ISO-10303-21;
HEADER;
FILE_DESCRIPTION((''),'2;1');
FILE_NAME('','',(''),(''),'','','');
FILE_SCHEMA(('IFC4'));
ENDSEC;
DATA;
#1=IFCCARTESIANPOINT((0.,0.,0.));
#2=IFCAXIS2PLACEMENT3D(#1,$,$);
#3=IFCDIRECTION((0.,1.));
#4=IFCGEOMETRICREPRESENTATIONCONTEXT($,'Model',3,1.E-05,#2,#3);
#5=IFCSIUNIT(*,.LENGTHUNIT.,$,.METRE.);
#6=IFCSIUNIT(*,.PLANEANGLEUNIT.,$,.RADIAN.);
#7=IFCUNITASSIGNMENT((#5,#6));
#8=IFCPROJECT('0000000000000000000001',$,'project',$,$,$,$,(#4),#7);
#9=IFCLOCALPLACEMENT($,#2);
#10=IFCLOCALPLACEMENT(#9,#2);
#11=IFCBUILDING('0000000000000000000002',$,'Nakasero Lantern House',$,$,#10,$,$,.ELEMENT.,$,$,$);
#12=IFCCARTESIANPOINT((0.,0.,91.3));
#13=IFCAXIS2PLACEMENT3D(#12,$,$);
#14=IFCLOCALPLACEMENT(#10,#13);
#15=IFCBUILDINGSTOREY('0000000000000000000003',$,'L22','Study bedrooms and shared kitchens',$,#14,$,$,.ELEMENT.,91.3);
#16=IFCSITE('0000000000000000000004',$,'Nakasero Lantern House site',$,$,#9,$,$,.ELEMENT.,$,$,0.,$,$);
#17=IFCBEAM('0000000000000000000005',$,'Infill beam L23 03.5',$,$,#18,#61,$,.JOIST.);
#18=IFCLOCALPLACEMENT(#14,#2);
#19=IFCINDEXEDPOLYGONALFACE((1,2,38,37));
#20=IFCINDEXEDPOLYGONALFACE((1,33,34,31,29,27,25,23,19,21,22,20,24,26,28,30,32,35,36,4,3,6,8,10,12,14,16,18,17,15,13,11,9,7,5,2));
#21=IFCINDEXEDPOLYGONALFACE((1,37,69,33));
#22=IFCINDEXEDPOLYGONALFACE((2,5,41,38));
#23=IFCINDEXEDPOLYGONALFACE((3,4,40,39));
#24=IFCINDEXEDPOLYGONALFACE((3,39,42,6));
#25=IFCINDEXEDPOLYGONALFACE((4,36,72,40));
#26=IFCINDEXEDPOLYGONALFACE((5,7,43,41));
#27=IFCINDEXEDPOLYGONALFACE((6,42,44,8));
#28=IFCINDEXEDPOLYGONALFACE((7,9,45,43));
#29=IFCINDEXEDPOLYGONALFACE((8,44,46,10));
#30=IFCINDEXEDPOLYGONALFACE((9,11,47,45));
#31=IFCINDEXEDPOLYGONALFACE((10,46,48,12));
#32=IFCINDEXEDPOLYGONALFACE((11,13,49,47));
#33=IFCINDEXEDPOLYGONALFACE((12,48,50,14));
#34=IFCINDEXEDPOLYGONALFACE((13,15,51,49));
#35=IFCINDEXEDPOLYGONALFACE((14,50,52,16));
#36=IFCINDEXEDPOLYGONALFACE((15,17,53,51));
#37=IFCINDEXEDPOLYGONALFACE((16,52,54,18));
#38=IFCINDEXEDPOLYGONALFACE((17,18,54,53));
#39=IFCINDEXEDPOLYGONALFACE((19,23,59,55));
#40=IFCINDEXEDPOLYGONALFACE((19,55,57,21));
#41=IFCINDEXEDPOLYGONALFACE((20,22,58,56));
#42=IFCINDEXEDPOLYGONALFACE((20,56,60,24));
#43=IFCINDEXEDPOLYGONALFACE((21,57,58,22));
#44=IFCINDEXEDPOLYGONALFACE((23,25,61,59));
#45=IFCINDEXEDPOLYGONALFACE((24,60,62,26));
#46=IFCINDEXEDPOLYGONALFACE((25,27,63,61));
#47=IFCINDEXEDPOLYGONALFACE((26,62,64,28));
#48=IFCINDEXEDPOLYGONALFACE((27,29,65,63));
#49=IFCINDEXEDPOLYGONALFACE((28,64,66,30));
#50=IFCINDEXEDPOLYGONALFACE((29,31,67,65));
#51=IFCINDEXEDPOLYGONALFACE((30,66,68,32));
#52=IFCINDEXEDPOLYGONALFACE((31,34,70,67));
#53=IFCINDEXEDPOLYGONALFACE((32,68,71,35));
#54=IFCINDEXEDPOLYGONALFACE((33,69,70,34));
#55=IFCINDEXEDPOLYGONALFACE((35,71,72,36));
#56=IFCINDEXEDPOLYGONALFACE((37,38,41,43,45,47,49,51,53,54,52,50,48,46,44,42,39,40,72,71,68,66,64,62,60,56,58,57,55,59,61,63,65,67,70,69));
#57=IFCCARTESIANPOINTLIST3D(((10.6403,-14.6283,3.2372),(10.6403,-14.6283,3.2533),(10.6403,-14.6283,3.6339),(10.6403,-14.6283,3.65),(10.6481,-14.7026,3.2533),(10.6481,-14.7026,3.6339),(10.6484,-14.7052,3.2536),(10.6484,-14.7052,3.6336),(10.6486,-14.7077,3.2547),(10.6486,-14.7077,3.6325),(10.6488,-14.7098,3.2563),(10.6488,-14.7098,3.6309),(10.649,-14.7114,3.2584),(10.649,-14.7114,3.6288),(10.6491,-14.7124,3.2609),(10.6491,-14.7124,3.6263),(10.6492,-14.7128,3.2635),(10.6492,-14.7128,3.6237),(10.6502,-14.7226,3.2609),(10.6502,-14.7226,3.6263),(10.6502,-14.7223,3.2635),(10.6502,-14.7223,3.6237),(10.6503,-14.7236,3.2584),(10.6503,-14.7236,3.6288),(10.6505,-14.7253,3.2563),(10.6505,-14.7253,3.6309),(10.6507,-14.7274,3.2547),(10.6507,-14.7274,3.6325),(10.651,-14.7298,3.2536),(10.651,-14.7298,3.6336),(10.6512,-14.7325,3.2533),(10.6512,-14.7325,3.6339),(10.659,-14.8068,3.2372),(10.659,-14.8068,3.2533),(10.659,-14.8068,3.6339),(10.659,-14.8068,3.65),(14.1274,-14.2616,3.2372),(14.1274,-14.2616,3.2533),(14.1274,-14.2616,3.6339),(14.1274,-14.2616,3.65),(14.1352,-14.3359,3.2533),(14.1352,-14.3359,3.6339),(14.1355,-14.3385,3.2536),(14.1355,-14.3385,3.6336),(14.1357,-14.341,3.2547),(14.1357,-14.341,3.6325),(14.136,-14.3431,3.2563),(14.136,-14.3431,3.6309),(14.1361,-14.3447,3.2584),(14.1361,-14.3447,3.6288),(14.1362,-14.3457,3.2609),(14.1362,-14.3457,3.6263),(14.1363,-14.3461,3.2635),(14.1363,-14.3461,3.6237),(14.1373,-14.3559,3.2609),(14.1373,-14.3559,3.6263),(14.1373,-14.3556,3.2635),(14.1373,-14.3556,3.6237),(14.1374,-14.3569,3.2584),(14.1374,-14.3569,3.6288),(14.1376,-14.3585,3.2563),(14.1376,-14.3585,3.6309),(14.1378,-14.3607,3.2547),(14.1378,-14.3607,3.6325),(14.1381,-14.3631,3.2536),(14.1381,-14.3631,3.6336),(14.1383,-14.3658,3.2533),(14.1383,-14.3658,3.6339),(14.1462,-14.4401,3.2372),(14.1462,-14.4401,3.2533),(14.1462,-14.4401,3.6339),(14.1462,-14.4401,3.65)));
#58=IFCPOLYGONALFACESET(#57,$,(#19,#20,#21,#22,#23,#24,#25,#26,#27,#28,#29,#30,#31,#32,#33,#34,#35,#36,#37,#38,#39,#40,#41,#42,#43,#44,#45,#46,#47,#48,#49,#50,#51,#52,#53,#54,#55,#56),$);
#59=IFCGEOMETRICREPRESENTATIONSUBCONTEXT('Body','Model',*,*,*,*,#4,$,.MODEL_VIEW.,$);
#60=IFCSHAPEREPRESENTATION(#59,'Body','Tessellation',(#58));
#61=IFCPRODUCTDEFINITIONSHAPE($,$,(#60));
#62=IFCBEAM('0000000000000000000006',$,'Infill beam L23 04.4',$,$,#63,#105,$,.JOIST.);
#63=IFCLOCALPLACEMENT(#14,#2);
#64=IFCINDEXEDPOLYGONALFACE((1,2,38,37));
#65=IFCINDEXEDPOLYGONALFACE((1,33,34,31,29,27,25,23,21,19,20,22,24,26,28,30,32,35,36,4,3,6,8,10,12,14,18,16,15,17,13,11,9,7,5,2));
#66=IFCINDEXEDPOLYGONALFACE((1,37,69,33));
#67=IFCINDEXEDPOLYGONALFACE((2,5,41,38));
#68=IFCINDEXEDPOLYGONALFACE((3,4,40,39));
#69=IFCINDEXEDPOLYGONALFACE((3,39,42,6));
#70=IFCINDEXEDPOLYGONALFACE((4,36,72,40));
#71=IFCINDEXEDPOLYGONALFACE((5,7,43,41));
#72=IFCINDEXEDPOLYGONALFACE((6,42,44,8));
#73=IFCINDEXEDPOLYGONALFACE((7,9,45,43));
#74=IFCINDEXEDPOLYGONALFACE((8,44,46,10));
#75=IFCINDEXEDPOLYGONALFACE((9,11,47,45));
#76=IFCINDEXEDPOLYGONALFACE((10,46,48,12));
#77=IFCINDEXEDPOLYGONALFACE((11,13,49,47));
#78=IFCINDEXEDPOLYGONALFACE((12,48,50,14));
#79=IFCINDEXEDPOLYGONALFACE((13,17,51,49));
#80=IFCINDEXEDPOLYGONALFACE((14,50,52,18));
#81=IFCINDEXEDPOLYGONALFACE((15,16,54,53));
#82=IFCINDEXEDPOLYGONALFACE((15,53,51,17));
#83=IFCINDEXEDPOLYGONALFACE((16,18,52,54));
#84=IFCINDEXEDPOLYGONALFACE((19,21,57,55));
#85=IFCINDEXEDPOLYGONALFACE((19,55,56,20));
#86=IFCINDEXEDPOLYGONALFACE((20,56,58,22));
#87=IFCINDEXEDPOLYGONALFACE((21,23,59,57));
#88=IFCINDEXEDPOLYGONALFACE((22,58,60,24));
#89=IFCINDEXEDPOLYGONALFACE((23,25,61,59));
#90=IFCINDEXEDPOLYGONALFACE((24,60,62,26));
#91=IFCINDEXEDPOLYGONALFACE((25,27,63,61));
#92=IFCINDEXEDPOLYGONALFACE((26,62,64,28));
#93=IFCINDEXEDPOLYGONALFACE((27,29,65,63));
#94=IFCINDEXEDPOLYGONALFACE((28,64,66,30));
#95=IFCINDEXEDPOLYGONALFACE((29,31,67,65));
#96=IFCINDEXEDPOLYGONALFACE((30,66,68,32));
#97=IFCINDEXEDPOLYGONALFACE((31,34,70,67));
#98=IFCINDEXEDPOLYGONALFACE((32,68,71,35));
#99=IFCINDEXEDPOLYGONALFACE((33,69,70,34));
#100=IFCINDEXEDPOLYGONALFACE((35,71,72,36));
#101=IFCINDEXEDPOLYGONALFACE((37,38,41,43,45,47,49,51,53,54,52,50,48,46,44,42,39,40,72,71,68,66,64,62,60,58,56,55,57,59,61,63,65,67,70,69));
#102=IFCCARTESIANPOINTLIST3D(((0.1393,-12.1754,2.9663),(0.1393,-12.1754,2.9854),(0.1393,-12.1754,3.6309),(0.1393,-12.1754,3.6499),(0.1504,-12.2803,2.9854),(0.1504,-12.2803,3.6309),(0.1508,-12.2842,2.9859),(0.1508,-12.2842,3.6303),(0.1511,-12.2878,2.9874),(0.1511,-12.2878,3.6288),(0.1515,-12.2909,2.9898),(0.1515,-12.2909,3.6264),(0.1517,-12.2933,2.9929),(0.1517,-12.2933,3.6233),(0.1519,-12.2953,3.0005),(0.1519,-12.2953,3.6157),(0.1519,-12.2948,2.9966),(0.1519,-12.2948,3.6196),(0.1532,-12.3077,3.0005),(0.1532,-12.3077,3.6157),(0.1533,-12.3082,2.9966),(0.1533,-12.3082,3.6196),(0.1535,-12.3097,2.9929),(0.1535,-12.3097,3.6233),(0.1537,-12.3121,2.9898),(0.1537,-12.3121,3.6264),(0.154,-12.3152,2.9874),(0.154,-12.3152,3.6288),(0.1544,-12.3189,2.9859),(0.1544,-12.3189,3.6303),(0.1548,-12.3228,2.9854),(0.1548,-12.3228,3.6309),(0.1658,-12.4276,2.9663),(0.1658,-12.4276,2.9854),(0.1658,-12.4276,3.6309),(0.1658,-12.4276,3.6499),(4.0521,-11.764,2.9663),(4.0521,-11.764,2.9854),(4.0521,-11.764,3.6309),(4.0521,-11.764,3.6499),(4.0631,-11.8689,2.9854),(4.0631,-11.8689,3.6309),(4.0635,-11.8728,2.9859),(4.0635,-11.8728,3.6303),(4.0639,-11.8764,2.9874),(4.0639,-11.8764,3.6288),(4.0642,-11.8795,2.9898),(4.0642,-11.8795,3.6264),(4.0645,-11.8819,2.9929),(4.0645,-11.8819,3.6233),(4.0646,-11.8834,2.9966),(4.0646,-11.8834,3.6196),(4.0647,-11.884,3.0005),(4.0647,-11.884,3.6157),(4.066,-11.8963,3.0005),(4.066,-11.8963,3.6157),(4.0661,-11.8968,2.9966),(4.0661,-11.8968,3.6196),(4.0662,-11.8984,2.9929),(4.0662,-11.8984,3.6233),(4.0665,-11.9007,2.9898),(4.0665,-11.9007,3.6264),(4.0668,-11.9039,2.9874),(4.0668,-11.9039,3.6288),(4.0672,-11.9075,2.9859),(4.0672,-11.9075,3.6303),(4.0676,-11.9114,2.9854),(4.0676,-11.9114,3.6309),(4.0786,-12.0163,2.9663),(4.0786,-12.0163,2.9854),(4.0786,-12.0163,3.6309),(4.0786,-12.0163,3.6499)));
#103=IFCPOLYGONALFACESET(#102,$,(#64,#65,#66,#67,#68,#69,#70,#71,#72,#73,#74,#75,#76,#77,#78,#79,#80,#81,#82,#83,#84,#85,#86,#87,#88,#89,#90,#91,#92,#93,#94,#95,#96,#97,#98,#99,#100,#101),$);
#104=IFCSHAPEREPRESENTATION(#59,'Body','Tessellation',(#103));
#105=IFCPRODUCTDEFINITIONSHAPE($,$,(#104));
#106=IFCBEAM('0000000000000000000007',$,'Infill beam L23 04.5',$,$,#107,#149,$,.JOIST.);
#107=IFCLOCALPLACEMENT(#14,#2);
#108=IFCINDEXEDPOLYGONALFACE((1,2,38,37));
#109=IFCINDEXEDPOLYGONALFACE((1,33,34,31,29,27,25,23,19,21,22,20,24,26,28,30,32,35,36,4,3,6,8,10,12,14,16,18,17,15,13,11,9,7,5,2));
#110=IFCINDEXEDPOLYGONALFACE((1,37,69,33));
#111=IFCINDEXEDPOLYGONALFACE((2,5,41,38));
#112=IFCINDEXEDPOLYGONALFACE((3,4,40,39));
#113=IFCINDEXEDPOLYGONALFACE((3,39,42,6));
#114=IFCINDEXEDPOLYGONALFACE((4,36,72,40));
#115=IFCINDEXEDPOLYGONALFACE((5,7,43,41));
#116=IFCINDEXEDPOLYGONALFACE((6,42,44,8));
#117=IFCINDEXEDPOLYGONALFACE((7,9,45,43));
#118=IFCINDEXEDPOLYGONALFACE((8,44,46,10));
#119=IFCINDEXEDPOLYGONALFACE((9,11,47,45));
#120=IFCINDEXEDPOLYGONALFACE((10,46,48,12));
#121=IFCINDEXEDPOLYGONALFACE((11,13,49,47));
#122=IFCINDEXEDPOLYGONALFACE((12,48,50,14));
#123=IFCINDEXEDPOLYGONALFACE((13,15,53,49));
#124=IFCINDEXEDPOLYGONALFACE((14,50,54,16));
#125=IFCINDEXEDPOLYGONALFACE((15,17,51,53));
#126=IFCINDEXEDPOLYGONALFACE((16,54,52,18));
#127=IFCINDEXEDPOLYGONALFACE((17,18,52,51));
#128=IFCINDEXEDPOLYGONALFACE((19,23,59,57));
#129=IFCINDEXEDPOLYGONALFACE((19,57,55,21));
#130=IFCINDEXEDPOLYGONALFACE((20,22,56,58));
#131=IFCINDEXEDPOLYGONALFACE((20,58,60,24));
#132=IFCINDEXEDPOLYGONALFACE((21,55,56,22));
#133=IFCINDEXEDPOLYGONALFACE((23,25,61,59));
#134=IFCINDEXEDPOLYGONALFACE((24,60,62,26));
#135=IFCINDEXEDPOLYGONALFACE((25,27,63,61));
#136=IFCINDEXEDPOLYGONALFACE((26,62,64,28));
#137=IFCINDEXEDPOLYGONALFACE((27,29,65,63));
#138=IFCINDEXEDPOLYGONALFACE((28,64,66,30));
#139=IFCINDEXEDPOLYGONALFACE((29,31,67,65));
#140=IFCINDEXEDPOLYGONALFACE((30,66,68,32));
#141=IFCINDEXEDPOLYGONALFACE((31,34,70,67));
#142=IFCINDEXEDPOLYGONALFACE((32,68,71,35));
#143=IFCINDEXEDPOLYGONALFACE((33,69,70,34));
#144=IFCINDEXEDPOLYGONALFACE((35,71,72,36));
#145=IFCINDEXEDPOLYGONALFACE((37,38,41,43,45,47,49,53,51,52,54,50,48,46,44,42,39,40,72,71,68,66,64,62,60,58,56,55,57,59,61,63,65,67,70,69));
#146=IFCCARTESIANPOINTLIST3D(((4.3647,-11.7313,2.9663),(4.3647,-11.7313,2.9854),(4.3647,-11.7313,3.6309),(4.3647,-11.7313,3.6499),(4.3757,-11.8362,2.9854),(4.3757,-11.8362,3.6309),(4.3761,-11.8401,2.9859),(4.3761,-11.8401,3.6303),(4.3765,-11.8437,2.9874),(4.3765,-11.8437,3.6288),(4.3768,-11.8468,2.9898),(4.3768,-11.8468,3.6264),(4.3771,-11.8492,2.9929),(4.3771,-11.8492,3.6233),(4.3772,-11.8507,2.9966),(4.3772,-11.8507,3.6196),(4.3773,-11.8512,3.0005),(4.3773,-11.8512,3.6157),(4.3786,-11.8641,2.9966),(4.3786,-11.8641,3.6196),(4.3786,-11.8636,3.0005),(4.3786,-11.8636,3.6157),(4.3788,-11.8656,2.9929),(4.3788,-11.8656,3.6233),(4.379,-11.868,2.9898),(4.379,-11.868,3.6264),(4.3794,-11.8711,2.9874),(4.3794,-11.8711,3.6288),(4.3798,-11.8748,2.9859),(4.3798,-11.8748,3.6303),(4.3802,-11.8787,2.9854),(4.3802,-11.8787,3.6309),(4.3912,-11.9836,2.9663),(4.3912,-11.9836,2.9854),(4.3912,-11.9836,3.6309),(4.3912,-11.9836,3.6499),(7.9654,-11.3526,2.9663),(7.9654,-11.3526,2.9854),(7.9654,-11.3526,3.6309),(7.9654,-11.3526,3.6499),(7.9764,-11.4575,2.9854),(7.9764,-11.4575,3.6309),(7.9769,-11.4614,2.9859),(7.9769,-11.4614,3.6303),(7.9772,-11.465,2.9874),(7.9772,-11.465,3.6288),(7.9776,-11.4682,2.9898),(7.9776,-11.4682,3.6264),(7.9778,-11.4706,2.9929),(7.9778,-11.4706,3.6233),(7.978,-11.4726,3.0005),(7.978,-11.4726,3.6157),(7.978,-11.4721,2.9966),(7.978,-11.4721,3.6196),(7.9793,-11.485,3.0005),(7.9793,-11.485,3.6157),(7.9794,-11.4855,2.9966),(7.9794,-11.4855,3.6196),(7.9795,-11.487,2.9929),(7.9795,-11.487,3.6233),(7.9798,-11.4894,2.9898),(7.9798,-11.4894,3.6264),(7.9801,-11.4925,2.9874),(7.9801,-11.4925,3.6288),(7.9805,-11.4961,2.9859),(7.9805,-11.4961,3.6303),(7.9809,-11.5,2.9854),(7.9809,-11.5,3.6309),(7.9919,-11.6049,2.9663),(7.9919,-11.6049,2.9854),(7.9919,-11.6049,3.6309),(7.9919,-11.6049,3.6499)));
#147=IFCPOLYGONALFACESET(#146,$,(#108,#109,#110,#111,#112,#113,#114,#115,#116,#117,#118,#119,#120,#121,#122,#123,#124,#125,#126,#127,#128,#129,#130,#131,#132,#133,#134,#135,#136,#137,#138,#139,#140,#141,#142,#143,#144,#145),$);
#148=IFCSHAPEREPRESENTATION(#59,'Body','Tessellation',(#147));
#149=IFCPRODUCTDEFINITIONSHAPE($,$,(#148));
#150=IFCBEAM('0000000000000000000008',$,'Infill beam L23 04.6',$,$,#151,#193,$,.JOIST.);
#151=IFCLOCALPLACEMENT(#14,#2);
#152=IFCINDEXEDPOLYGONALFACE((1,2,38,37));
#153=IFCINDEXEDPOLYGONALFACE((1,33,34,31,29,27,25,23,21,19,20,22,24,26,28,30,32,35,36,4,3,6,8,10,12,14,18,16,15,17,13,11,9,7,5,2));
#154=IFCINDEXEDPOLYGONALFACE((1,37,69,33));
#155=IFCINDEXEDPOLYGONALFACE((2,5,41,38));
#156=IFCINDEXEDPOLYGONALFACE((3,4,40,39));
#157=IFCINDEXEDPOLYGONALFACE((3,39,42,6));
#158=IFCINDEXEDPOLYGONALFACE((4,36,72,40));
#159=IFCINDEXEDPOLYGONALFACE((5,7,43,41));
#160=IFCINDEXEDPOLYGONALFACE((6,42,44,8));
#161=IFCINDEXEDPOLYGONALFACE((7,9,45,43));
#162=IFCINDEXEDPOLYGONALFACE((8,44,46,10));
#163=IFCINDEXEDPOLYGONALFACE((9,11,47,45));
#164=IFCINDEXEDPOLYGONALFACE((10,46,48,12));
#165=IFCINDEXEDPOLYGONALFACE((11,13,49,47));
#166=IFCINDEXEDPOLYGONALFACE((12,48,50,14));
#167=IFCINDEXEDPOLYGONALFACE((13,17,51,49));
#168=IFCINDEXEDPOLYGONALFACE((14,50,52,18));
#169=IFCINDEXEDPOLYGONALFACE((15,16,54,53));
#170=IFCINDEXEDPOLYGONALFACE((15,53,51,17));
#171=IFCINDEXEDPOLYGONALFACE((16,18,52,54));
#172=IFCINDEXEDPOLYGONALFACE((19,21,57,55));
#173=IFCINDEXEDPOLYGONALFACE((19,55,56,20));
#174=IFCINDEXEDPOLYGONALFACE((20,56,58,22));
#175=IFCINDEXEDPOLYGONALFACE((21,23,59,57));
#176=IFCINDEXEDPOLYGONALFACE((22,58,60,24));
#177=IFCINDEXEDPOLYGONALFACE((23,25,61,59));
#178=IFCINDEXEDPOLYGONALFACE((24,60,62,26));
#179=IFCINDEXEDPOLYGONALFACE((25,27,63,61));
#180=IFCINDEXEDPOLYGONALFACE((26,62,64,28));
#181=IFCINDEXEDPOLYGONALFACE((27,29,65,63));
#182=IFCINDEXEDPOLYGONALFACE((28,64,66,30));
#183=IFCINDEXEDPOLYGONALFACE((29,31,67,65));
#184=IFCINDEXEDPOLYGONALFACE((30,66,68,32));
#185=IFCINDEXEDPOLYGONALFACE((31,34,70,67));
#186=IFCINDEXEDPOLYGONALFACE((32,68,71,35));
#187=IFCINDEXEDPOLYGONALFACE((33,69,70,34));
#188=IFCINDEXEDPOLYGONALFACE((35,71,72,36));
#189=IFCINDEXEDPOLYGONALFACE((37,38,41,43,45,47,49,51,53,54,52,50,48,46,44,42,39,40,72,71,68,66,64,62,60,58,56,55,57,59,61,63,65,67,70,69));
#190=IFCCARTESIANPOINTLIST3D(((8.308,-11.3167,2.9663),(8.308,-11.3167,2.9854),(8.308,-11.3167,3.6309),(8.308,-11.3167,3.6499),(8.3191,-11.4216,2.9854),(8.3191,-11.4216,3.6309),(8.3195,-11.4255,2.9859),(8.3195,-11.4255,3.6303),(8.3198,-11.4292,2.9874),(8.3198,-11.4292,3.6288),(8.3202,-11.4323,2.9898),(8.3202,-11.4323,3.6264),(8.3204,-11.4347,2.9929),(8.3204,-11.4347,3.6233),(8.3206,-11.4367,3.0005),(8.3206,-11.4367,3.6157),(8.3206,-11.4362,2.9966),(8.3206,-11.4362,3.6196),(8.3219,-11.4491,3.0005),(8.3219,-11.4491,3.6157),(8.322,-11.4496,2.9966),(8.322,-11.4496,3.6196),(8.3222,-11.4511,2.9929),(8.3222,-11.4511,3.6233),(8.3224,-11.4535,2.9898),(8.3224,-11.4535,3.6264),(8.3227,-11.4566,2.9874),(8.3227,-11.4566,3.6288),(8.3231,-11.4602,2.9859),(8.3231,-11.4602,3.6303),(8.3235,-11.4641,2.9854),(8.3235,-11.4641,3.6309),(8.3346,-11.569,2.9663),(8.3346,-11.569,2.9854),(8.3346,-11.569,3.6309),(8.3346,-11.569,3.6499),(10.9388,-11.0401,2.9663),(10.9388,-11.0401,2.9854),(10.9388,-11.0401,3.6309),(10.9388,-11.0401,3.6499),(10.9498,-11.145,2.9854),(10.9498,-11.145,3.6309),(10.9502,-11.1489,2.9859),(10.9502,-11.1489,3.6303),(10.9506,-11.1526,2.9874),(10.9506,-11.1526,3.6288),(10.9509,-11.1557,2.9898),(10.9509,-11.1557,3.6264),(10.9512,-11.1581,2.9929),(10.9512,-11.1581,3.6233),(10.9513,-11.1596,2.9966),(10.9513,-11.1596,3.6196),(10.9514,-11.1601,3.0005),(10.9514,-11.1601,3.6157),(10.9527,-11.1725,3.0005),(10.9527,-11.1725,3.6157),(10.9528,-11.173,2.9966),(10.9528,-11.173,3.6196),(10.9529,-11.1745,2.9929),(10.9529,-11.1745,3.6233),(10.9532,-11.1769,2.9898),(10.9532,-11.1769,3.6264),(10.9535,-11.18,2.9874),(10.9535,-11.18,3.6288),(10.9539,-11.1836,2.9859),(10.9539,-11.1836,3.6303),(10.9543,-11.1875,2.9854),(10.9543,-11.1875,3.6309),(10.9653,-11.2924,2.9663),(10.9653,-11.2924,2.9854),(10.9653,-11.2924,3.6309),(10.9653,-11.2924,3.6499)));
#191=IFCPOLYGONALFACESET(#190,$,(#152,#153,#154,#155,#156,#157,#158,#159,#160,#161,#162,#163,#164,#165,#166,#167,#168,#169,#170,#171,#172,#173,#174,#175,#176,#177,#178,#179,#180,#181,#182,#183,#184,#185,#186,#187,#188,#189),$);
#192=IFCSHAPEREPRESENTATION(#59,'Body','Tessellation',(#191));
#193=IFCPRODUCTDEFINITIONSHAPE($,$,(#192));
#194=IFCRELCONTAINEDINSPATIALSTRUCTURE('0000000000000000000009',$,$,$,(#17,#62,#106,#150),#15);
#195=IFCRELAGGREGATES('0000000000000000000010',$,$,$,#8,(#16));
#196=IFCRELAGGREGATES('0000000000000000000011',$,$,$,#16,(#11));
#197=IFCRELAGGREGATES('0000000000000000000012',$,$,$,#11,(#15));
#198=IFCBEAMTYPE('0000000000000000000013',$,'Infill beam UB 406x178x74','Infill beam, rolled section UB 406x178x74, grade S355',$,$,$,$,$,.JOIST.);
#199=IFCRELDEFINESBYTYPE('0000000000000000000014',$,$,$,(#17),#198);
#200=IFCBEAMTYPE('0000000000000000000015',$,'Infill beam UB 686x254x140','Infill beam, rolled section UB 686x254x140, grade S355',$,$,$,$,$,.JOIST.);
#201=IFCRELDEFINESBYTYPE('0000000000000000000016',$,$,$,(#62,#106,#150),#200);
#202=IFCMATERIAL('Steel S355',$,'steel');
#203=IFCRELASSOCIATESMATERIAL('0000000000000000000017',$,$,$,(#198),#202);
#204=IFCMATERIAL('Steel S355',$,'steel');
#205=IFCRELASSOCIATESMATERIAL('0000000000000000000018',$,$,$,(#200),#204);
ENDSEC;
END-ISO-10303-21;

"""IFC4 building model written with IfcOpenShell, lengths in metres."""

from ifc_helpers import new_model, si_unit, direction, frame, origin, origin_2d, place, context, subcontext, project, spatial, i_section, extrude, material, material_profile, profile_set, type_object, element, save


model = new_model("IFC4")

# Units and contexts
model_context = context("Model", 3, precision=1e-05, world=origin(), true_north=direction((0.0, 1.0)))
body_context = subcontext(model_context, "Body", "Model", "MODEL_VIEW")
ifc_project = project(units=[si_unit("LENGTHUNIT", "METRE"), si_unit("PLANEANGLEUNIT", "RADIAN")], contexts=[model_context])

# Site, building, storey
site_placement = place(None, origin())
site = spatial("IfcSite", under=ifc_project, at=site_placement, Name="Nakasero Lantern House site", CompositionType="ELEMENT", RefElevation=0.0)
building_placement = place(site_placement, origin())
building = spatial("IfcBuilding", under=site, at=building_placement, Name="Nakasero Lantern House", CompositionType="ELEMENT")
storey_placement = place(building_placement, frame((0.0, 0.0, 91.3)))
storey = spatial("IfcBuildingStorey", under=building, at=storey_placement, Name="L22", Description="Study bedrooms and shared kitchens", CompositionType="ELEMENT", Elevation=91.3)

# Beams
ifc_material_1 = material(Name="Steel S355", Category="steel")
ifc_material_profile_1 = material_profile(ifc_material_1, i_section(OverallWidth=0.1794, OverallDepth=0.4128, WebThickness=0.0095, FlangeThickness=0.0161, FilletRadius=0.0103, at=origin_2d()), Name="UB 406x178x74")
ifc_profile_set_1 = profile_set([ifc_material_profile_1], Name="Steel S355")
beam_type_1 = type_object("IfcBeamType", Name="Infill beam UB 406x178x74", Description="Infill beam, rolled section UB 406x178x74, grade S355", PredefinedType="JOIST", material=ifc_profile_set_1)
beam_1_placement = place(storey_placement, frame((10.6497, -14.7175, 3.4436), z_axis=(0.994516, 0.104583, 0.0), x_axis=(-0.104583, 0.994516, 0.0)))
element("IfcBeam", 1, at=beam_1_placement, inside=storey, type_object=beam_type_1, Name="Infill beam L23 03.5", PredefinedType="JOIST", context=body_context, shape_type="SweptSolid", body=[
    extrude(i_section(OverallWidth=0.1794, OverallDepth=0.4128, WebThickness=0.0095, FlangeThickness=0.0161, FilletRadius=0.0103, at=origin_2d()), origin(), (0.0, 0.0, 1.0), 3.5063),
])
ifc_material_2 = material(Name="Steel S355", Category="steel")
ifc_material_profile_2 = material_profile(ifc_material_2, i_section(OverallWidth=0.2537, OverallDepth=0.6836, WebThickness=0.0125, FlangeThickness=0.019, FilletRadius=0.0151, at=origin_2d()), Name="UB 686x254x140")
ifc_profile_set_2 = profile_set([ifc_material_profile_2], Name="Steel S355")
beam_type_2 = type_object("IfcBeamType", Name="Infill beam UB 686x254x140", Description="Infill beam, rolled section UB 686x254x140, grade S355", PredefinedType="JOIST", material=ifc_profile_set_2)
beam_2_placement = place(storey_placement, frame((0.1526, -12.3015, 3.3081), z_axis=(0.994519, 0.104559, 0.0), x_axis=(-0.104559, 0.994519, 0.0)))
element("IfcBeam", 2, at=beam_2_placement, inside=storey, type_object=beam_type_2, Name="Infill beam L23 04.4", PredefinedType="JOIST", context=body_context, shape_type="SweptSolid", body=[
    extrude(i_section(OverallWidth=0.2537, OverallDepth=0.6836, WebThickness=0.0125, FlangeThickness=0.019, FilletRadius=0.0151, at=origin_2d()), origin(), (0.0, 0.0, 1.0), 3.9343),
])
beam_3_placement = place(storey_placement, frame((4.3779, -11.8574, 3.3081), z_axis=(0.994516, 0.104583, 0.0), x_axis=(-0.104583, 0.994516, 0.0)))
element("IfcBeam", 3, at=beam_3_placement, inside=storey, type_object=beam_type_2, Name="Infill beam L23 04.5", PredefinedType="JOIST", context=body_context, shape_type="SweptSolid", body=[
    extrude(i_section(OverallWidth=0.2537, OverallDepth=0.6836, WebThickness=0.0125, FlangeThickness=0.019, FilletRadius=0.0151, at=origin_2d()), origin(), (0.0, 0.0, 1.0), 3.6206),
])
beam_4_placement = place(storey_placement, frame((8.3213, -11.4429, 3.3081), z_axis=(0.994518, 0.104565, 0.0), x_axis=(-0.104565, 0.994518, 0.0)))
element("IfcBeam", 4, at=beam_4_placement, inside=storey, type_object=beam_type_2, Name="Infill beam L23 04.6", PredefinedType="JOIST", context=body_context, shape_type="SweptSolid", body=[
    extrude(i_section(OverallWidth=0.2537, OverallDepth=0.6836, WebThickness=0.0125, FlangeThickness=0.019, FilletRadius=0.0151, at=origin_2d()), origin(), (0.0, 0.0, 1.0), 2.6453),
])

save(model, "model.ifc")
